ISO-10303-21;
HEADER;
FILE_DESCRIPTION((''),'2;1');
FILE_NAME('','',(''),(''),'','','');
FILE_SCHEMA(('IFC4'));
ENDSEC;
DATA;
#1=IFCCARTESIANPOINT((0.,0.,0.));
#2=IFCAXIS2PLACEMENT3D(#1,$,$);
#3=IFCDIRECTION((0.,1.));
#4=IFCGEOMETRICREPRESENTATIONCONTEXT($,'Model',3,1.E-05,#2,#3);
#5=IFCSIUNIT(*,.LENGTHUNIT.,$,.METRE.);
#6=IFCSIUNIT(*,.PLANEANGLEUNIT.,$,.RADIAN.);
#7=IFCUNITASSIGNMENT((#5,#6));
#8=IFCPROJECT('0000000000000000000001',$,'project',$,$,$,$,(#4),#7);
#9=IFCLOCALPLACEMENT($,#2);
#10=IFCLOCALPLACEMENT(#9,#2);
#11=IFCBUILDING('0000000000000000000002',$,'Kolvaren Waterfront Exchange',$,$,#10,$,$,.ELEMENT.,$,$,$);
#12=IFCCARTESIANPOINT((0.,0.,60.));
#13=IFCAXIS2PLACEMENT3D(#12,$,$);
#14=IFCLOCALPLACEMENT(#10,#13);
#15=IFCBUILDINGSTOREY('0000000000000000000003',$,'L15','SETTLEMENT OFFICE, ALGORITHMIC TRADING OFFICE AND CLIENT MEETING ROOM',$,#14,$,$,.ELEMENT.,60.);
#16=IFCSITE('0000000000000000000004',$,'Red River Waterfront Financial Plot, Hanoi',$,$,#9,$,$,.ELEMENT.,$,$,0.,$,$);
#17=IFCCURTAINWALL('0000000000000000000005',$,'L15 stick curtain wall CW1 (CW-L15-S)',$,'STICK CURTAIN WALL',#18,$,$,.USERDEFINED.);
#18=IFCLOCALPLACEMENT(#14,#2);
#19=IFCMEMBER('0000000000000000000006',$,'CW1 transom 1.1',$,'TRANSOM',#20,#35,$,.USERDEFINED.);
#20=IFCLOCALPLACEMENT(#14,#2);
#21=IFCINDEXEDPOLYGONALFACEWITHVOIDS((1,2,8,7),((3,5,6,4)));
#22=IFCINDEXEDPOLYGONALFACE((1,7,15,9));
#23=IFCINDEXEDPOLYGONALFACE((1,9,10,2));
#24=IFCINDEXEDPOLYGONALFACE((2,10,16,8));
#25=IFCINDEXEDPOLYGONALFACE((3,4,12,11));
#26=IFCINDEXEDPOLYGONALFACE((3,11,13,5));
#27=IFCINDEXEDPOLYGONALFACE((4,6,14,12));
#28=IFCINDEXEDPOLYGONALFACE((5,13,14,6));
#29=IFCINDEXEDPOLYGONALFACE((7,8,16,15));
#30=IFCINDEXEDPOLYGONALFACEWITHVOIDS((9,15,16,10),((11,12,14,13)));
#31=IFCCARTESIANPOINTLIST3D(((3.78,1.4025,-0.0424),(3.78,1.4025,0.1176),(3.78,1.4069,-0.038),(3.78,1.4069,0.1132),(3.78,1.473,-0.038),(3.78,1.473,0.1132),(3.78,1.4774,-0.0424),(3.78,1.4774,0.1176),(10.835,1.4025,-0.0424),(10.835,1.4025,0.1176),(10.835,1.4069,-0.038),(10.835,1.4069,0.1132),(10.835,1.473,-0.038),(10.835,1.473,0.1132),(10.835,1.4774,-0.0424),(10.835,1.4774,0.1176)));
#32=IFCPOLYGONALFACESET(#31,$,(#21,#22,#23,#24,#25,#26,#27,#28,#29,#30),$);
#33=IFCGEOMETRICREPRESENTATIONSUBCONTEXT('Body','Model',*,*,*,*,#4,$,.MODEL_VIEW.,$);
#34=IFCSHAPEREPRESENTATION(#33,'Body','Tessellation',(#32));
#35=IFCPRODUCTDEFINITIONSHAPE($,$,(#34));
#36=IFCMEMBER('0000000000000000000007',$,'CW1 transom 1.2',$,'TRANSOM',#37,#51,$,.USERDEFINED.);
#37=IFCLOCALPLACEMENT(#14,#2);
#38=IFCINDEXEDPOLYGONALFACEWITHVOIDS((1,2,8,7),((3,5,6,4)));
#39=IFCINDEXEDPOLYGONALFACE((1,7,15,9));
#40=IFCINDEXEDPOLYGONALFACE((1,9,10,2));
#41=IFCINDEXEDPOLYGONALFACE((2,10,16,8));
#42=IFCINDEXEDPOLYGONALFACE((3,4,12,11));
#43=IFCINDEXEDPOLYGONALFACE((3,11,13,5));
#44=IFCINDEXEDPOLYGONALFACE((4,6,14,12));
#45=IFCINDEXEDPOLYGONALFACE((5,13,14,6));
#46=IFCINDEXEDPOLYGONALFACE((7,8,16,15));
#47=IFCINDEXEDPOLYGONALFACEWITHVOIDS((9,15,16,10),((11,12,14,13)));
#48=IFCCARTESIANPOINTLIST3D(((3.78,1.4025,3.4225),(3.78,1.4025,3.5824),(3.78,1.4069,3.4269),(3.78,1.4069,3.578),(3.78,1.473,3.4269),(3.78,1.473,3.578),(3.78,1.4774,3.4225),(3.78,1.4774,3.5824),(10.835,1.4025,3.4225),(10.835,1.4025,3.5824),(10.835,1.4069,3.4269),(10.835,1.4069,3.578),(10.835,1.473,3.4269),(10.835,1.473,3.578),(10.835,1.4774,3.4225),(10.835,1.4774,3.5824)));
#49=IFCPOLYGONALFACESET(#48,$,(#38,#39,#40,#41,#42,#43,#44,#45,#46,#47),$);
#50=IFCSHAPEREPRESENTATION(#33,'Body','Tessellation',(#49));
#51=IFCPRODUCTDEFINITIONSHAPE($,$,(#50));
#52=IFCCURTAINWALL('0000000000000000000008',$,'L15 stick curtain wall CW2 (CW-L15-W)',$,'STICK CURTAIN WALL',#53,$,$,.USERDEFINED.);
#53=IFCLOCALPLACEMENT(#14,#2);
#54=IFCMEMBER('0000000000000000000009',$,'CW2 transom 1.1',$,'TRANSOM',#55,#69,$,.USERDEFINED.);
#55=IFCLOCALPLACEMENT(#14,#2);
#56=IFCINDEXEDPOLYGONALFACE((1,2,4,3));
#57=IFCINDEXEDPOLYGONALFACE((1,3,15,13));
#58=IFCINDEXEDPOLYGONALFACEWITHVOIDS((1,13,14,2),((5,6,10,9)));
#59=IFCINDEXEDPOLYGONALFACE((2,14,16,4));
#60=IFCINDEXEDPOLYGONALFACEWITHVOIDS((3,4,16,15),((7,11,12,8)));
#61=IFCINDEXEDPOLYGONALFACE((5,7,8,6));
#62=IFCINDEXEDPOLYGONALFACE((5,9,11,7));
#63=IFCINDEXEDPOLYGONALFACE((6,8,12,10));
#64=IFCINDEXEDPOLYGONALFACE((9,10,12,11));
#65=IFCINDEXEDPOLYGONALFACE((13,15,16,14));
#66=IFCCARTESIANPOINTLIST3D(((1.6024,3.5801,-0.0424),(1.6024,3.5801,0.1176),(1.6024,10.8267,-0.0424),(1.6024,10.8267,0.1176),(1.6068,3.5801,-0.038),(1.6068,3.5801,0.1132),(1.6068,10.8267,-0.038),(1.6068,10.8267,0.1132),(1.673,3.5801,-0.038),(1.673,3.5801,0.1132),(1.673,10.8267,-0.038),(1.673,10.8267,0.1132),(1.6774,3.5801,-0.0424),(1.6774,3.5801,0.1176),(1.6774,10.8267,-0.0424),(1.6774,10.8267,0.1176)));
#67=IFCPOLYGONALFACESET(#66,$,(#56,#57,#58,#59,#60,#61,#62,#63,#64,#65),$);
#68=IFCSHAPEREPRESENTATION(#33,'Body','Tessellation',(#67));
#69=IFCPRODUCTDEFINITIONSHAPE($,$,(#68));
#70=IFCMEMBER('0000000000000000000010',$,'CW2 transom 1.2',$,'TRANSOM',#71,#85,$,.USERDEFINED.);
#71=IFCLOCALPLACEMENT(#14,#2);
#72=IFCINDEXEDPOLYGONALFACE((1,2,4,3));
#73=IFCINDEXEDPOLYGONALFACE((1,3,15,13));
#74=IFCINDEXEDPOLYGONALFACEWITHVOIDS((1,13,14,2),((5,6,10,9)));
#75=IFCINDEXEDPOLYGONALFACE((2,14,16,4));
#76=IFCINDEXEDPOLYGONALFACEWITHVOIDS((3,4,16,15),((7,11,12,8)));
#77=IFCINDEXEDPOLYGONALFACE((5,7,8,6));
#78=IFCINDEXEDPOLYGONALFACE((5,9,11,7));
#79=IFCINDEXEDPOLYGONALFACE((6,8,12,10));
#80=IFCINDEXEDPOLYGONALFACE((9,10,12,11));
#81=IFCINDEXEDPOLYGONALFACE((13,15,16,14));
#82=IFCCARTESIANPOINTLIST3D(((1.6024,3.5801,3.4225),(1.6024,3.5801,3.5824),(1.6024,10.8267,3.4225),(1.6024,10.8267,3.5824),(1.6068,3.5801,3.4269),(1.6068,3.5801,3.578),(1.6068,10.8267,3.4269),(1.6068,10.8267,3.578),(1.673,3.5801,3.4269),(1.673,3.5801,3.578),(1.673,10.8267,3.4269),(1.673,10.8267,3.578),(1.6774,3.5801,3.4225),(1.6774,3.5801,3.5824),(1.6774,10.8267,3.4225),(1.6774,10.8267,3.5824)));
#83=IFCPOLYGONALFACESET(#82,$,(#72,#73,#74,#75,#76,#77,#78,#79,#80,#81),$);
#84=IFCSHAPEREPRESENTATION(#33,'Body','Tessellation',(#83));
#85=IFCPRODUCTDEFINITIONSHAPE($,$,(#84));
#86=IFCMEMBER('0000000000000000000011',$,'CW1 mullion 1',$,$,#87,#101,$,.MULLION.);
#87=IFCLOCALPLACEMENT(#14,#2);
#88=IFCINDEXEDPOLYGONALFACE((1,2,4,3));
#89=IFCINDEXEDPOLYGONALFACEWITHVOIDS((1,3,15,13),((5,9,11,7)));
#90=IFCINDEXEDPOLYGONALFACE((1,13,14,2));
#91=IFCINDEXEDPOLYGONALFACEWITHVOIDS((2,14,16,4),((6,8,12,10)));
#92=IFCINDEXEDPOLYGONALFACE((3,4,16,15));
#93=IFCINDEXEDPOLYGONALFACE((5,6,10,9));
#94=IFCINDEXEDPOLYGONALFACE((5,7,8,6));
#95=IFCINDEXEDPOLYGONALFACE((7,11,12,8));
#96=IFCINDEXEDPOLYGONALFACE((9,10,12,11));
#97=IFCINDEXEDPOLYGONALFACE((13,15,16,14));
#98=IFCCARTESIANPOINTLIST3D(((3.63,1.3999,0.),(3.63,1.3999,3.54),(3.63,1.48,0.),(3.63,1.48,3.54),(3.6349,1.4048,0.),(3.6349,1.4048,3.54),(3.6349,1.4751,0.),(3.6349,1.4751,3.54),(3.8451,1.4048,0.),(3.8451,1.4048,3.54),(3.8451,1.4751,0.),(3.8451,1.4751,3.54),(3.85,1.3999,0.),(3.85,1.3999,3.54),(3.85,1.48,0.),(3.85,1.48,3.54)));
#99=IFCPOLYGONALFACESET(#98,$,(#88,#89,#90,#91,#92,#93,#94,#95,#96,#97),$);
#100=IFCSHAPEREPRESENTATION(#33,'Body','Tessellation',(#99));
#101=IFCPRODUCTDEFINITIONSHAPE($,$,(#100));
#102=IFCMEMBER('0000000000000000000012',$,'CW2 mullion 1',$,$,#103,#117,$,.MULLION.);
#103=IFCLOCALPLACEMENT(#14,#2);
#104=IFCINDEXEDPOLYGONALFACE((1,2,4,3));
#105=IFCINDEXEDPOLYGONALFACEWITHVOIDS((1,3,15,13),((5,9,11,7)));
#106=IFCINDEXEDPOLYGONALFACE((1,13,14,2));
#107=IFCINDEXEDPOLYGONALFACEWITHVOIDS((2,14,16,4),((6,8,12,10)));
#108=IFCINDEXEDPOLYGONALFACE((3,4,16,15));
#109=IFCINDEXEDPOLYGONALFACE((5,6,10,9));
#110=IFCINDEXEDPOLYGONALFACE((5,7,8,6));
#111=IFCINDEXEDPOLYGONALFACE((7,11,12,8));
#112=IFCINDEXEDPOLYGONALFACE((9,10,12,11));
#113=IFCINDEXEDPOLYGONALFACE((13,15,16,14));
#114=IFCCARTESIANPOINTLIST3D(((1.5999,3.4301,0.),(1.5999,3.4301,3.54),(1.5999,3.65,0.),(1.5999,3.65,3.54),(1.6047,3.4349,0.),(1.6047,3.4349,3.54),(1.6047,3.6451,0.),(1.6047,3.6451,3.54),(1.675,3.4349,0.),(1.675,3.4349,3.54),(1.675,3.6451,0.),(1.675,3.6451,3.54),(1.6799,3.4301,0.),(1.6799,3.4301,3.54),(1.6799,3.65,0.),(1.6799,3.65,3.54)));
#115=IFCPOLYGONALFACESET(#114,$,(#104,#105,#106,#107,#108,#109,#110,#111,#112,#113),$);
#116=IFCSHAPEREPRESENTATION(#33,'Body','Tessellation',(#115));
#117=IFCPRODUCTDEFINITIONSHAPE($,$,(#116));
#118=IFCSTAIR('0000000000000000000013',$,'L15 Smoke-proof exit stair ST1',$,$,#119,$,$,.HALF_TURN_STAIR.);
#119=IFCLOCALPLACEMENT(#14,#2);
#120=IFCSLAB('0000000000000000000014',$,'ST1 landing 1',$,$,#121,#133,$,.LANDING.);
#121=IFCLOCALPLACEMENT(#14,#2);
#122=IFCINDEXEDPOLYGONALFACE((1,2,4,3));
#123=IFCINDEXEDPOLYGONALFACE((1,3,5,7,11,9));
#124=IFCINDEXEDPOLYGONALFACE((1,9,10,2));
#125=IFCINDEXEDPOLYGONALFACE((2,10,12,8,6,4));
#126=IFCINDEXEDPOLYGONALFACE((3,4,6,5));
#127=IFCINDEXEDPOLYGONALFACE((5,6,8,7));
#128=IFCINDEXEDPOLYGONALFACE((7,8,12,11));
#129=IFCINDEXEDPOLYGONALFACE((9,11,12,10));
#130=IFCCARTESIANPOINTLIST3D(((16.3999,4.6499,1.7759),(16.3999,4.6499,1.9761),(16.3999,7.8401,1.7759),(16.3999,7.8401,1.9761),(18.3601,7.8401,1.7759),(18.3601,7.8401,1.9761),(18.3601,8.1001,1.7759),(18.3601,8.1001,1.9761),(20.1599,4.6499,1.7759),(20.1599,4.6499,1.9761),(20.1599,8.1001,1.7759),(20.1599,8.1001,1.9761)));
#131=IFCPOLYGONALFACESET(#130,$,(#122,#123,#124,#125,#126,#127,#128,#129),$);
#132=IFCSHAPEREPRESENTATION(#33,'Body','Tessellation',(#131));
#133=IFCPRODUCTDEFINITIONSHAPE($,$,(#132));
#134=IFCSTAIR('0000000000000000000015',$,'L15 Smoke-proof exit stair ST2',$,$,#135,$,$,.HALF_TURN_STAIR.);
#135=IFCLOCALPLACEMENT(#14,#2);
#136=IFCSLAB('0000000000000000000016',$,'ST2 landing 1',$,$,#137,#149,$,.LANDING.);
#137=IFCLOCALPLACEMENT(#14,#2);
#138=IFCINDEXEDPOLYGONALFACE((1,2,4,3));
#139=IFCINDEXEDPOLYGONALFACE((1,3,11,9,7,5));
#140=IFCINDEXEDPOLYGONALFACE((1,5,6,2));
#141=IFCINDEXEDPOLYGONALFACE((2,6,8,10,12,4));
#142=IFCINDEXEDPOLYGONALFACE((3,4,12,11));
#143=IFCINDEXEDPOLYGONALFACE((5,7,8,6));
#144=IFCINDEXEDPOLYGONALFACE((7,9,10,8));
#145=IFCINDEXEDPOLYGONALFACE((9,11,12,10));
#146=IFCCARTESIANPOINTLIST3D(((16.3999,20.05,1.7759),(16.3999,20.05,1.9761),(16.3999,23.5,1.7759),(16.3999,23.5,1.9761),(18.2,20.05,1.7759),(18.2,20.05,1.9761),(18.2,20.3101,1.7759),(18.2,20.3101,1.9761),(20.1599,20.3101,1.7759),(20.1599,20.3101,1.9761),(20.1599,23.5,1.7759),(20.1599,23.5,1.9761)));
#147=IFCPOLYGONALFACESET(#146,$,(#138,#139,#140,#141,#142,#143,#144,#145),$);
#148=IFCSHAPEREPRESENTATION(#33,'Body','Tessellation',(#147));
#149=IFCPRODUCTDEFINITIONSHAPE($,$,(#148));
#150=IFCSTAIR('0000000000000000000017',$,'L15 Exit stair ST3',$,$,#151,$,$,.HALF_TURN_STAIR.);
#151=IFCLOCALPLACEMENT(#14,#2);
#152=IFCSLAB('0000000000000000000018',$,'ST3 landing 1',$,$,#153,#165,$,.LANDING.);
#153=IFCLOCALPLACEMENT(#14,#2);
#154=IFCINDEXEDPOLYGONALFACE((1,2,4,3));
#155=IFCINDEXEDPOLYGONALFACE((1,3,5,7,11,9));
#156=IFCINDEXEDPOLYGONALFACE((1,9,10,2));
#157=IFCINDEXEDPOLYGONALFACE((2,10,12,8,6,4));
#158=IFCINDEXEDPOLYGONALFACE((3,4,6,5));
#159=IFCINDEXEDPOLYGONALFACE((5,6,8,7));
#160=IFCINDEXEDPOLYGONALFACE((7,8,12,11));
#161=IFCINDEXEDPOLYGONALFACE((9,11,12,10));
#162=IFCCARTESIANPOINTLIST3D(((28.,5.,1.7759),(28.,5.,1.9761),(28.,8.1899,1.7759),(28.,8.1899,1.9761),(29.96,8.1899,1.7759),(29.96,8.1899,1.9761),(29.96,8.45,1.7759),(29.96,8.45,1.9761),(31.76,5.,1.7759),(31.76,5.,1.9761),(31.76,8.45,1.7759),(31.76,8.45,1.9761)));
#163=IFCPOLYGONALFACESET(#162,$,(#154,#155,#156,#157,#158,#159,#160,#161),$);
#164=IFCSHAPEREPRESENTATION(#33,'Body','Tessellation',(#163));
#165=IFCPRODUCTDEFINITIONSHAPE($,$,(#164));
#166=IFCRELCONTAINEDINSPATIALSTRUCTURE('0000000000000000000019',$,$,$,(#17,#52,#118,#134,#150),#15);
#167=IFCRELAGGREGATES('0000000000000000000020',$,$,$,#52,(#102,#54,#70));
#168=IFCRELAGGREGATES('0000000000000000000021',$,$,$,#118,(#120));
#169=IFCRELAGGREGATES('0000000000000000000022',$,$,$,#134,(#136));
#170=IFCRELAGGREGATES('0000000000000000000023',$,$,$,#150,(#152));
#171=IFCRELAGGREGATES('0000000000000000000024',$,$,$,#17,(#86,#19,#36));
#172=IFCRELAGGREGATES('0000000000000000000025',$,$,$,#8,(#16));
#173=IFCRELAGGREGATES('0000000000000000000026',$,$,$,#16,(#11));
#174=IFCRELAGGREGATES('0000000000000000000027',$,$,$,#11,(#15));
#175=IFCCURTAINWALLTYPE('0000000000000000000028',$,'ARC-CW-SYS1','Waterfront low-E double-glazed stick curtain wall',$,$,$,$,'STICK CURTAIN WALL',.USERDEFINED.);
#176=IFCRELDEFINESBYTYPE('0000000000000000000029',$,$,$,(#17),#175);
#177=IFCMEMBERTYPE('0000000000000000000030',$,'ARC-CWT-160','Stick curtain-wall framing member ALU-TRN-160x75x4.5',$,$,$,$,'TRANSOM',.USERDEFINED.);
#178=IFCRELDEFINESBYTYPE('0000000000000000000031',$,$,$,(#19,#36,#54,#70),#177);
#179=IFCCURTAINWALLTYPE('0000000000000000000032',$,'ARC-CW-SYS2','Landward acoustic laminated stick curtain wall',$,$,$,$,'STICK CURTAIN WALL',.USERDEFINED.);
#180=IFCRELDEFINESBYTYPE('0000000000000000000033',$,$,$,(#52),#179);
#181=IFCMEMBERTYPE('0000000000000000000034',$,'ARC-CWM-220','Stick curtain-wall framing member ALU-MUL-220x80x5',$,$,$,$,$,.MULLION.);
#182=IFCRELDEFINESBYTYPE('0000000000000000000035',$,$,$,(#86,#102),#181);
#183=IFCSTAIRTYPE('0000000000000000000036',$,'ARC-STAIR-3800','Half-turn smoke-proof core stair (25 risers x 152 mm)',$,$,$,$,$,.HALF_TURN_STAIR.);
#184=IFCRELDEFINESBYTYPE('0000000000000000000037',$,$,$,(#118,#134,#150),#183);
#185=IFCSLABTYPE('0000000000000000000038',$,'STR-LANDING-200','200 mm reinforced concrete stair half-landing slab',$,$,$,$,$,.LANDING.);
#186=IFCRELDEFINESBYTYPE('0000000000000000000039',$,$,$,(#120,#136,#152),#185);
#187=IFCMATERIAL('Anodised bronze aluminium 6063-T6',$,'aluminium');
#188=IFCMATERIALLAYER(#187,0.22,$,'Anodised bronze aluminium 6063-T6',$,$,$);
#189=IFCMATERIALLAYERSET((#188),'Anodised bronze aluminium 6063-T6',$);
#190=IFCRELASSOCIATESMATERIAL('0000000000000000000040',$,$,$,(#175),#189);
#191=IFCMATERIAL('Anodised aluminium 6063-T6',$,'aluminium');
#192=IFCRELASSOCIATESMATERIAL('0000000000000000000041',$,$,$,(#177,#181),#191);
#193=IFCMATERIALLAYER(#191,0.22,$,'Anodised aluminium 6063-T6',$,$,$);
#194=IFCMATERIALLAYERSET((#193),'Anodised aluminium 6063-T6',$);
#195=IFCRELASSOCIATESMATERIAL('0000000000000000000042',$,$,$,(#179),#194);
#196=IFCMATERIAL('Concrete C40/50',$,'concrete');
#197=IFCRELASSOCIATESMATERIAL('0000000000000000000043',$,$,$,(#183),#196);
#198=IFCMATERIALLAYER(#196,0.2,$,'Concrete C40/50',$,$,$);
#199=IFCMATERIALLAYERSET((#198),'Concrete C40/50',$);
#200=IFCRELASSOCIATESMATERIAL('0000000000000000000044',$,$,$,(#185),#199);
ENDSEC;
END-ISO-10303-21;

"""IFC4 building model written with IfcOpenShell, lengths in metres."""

from ifc_helpers import new_model, si_unit, direction, frame, origin, origin_with_axes, origin_2d, place, context, subcontext, project, spatial, polyline, hollow_rectangle, outline, extrude, source, transform, mapped, material, layer, layer_set, material_profile, profile_set, type_object, element, aggregate, save


model = new_model("IFC4")

# Units and contexts
model_context = context("Model", 3, precision=1e-05, world=origin(), true_north=direction((0.0, 1.0)))
body_context = subcontext(model_context, "Body", "Model", "MODEL_VIEW")
ifc_project = project(units=[si_unit("LENGTHUNIT", "METRE"), si_unit("PLANEANGLEUNIT", "RADIAN")], contexts=[model_context])

# Site, building, storey
site_placement = place(None, origin())
site = spatial("IfcSite", under=ifc_project, at=site_placement, Name="Red River Waterfront Financial Plot, Hanoi", CompositionType="ELEMENT", RefElevation=0.0)
building_placement = place(site_placement, origin())
building = spatial("IfcBuilding", under=site, at=building_placement, Name="Kolvaren Waterfront Exchange", CompositionType="ELEMENT")
storey_placement = place(building_placement, frame((0.0, 0.0, 60.0)))
storey = spatial("IfcBuildingStorey", under=building, at=storey_placement, Name="L15", Description="SETTLEMENT OFFICE, ALGORITHMIC TRADING OFFICE AND CLIENT MEETING ROOM", CompositionType="ELEMENT", Elevation=60.0)

# Curtain walls, members
ifc_material_1 = material(Name="Anodised bronze aluminium 6063-T6", Category="aluminium")
ifc_layer_1 = layer(ifc_material_1, 0.22, Name="Anodised bronze aluminium 6063-T6")
ifc_layer_set_1 = layer_set([ifc_layer_1], Name="Anodised bronze aluminium 6063-T6")
curtain_wall_type_1 = type_object("IfcCurtainWallType", Name="ARC-CW-SYS1", Description="Waterfront low-E double-glazed stick curtain wall", ElementType="STICK CURTAIN WALL", PredefinedType="USERDEFINED", material=ifc_layer_set_1)
curtain_wall_1_placement = place(storey_placement, origin())
curtain_wall_1 = element("IfcCurtainWall", 1, at=curtain_wall_1_placement, inside=storey, type_object=curtain_wall_type_1, Name="L15 stick curtain wall CW1 (CW-L15-S)", ObjectType="STICK CURTAIN WALL", PredefinedType="USERDEFINED")
ifc_material_2 = material(Name="Anodised aluminium 6063-T6", Category="aluminium")
ifc_material_profile_1 = material_profile(ifc_material_2, hollow_rectangle(XDim=0.075, YDim=0.1599, WallThickness=0.0044, at=origin_2d()), Name="ALU-TRN-160x75x4.5")
ifc_profile_set_1 = profile_set([ifc_material_profile_1], Name="Anodised aluminium 6063-T6")
member_type_1 = type_object("IfcMemberType", Name="ARC-CWT-160", Description="Stick curtain-wall framing member ALU-TRN-160x75x4.5", ElementType="TRANSOM", PredefinedType="USERDEFINED", material=ifc_profile_set_1)
shared_shape_1 = source(origin_with_axes(), body_context, "Body", "SweptSolid", [
    extrude(hollow_rectangle(XDim=0.075, YDim=0.1599, WallThickness=0.0044, at=origin_2d()), origin(), (0.0, 0.0, 1.0), 7.0549),
])
member_1_placement = place(storey_placement, frame((3.78, 1.4399, 0.0376), z_axis=(1.0, 0.0, 0.0), x_axis=(0.0, 1.0, 0.0)))
member_1 = element("IfcMember", 2, at=member_1_placement, type_object=member_type_1, Name="CW1 transom 1.1", ObjectType="TRANSOM", PredefinedType="USERDEFINED", context=body_context, shape_type="MappedRepresentation", body=[
    mapped(shared_shape_1, transform((0.0, 0.0, 0.0), x_axis=(1.0, 0.0, 0.0), y_axis=(0.0, 1.0, 0.0), z_axis=(0.0, 0.0, 1.0), scale=1.0)),
])
member_2_placement = place(storey_placement, frame((3.78, 1.4399, 3.5024), z_axis=(1.0, 0.0, 0.0), x_axis=(0.0, 1.0, 0.0)))
member_2 = element("IfcMember", 3, at=member_2_placement, type_object=member_type_1, Name="CW1 transom 1.2", ObjectType="TRANSOM", PredefinedType="USERDEFINED", context=body_context, shape_type="MappedRepresentation", body=[
    mapped(shared_shape_1, transform((0.0, 0.0, 0.0), x_axis=(1.0, 0.0, 0.0), y_axis=(0.0, 1.0, 0.0), z_axis=(0.0, 0.0, 1.0), scale=1.0)),
])
ifc_layer_2 = layer(ifc_material_2, 0.22, Name="Anodised aluminium 6063-T6")
ifc_layer_set_2 = layer_set([ifc_layer_2], Name="Anodised aluminium 6063-T6")
curtain_wall_type_2 = type_object("IfcCurtainWallType", Name="ARC-CW-SYS2", Description="Landward acoustic laminated stick curtain wall", ElementType="STICK CURTAIN WALL", PredefinedType="USERDEFINED", material=ifc_layer_set_2)
curtain_wall_2_placement = place(storey_placement, origin())
curtain_wall_2 = element("IfcCurtainWall", 4, at=curtain_wall_2_placement, inside=storey, type_object=curtain_wall_type_2, Name="L15 stick curtain wall CW2 (CW-L15-W)", ObjectType="STICK CURTAIN WALL", PredefinedType="USERDEFINED")
shared_shape_2 = source(origin_with_axes(), body_context, "Body", "SweptSolid", [
    extrude(hollow_rectangle(XDim=0.075, YDim=0.1599, WallThickness=0.0044, at=origin_2d()), origin(), (0.0, 0.0, 1.0), 7.2466),
])
member_3_placement = place(storey_placement, frame((1.6399, 3.5801, 0.0376), z_axis=(0.0, 1.0, 0.0), x_axis=(-1.0, 0.0, 0.0)))
member_3 = element("IfcMember", 5, at=member_3_placement, type_object=member_type_1, Name="CW2 transom 1.1", ObjectType="TRANSOM", PredefinedType="USERDEFINED", context=body_context, shape_type="MappedRepresentation", body=[
    mapped(shared_shape_2, transform((0.0, 0.0, 0.0), x_axis=(1.0, 0.0, 0.0), y_axis=(0.0, 1.0, 0.0), z_axis=(0.0, 0.0, 1.0), scale=1.0)),
])
member_4_placement = place(storey_placement, frame((1.6399, 3.5801, 3.5024), z_axis=(0.0, 1.0, 0.0), x_axis=(-1.0, 0.0, 0.0)))
member_4 = element("IfcMember", 6, at=member_4_placement, type_object=member_type_1, Name="CW2 transom 1.2", ObjectType="TRANSOM", PredefinedType="USERDEFINED", context=body_context, shape_type="MappedRepresentation", body=[
    mapped(shared_shape_2, transform((0.0, 0.0, 0.0), x_axis=(1.0, 0.0, 0.0), y_axis=(0.0, 1.0, 0.0), z_axis=(0.0, 0.0, 1.0), scale=1.0)),
])

# Members
ifc_material_profile_2 = material_profile(ifc_material_2, hollow_rectangle(XDim=0.0801, YDim=0.22, WallThickness=0.0049, at=origin_2d()), Name="ALU-MUL-220x80x5")
ifc_profile_set_2 = profile_set([ifc_material_profile_2], Name="Anodised aluminium 6063-T6")
member_type_2 = type_object("IfcMemberType", Name="ARC-CWM-220", Description="Stick curtain-wall framing member ALU-MUL-220x80x5", PredefinedType="MULLION", material=ifc_profile_set_2)
shared_shape_3 = source(origin_with_axes(), body_context, "Body", "SweptSolid", [
    extrude(hollow_rectangle(XDim=0.0801, YDim=0.22, WallThickness=0.0049, at=origin_2d()), origin(), (0.0, 0.0, 1.0), 3.54),
])
member_5_placement = place(storey_placement, frame((3.74, 1.4399, 0.0), z_axis=(0.0, 0.0, 1.0), x_axis=(0.0, 1.0, 0.0)))
member_5 = element("IfcMember", 7, at=member_5_placement, type_object=member_type_2, Name="CW1 mullion 1", PredefinedType="MULLION", context=body_context, shape_type="MappedRepresentation", body=[
    mapped(shared_shape_3, transform((0.0, 0.0, 0.0), x_axis=(1.0, 0.0, 0.0), y_axis=(0.0, 1.0, 0.0), z_axis=(0.0, 0.0, 1.0), scale=1.0)),
])
member_6_placement = place(storey_placement, frame((1.6399, 3.54, 0.0), z_axis=(0.0, 0.0, 1.0), x_axis=(-1.0, 0.0, 0.0)))
member_6 = element("IfcMember", 8, at=member_6_placement, type_object=member_type_2, Name="CW2 mullion 1", PredefinedType="MULLION", context=body_context, shape_type="MappedRepresentation", body=[
    mapped(shared_shape_3, transform((0.0, 0.0, 0.0), x_axis=(1.0, 0.0, 0.0), y_axis=(0.0, 1.0, 0.0), z_axis=(0.0, 0.0, 1.0), scale=1.0)),
])
aggregate(curtain_wall_2, [member_6, member_3, member_4])

# Stairs, slabs
ifc_material_3 = material(Name="Concrete C40/50", Category="concrete")
stair_type = type_object("IfcStairType", Name="ARC-STAIR-3800", Description="Half-turn smoke-proof core stair (25 risers x 152 mm)", PredefinedType="HALF_TURN_STAIR", material=ifc_material_3)
stair_1_placement = place(storey_placement, origin())
stair_1 = element("IfcStair", 9, at=stair_1_placement, inside=storey, type_object=stair_type, Name="L15 Smoke-proof exit stair ST1", PredefinedType="HALF_TURN_STAIR")
ifc_layer_3 = layer(ifc_material_3, 0.2, Name="Concrete C40/50")
ifc_layer_set_3 = layer_set([ifc_layer_3], Name="Concrete C40/50")
slab_type_1 = type_object("IfcSlabType", Name="STR-LANDING-200", Description="200 mm reinforced concrete stair half-landing slab", PredefinedType="LANDING", material=ifc_layer_set_3)
slab_1_placement = place(storey_placement, frame((0.0, 0.0, 1.7759)))
slab_1 = element("IfcSlab", 10, at=slab_1_placement, type_object=slab_type_1, Name="ST1 landing 1", PredefinedType="LANDING", context=body_context, shape_type="SweptSolid", body=[
    extrude(outline(polyline([(16.3999, 7.8401), (16.3999, 4.6499), (20.1599, 4.6499), (20.1599, 8.1001), (18.3601, 8.1001), (18.3601, 7.8401), (16.3999, 7.8401)])), origin(), (0.0, 0.0, 1.0), 0.2002),
])
aggregate(stair_1, [slab_1])
stair_2_placement = place(storey_placement, origin())
stair_2 = element("IfcStair", 11, at=stair_2_placement, inside=storey, type_object=stair_type, Name="L15 Smoke-proof exit stair ST2", PredefinedType="HALF_TURN_STAIR")
slab_2_placement = place(storey_placement, frame((0.0, 0.0, 1.7759)))
slab_2 = element("IfcSlab", 12, at=slab_2_placement, type_object=slab_type_1, Name="ST2 landing 1", PredefinedType="LANDING", context=body_context, shape_type="SweptSolid", body=[
    extrude(outline(polyline([(20.1599, 20.3101), (20.1599, 23.5), (16.3999, 23.5), (16.3999, 20.05), (18.2, 20.05), (18.2, 20.3101), (20.1599, 20.3101)])), origin(), (0.0, 0.0, 1.0), 0.2002),
])
aggregate(stair_2, [slab_2])
stair_3_placement = place(storey_placement, origin())
stair_3 = element("IfcStair", 13, at=stair_3_placement, inside=storey, type_object=stair_type, Name="L15 Exit stair ST3", PredefinedType="HALF_TURN_STAIR")
slab_3_placement = place(storey_placement, frame((0.0, 0.0, 1.7759)))
slab_3 = element("IfcSlab", 14, at=slab_3_placement, type_object=slab_type_1, Name="ST3 landing 1", PredefinedType="LANDING", context=body_context, shape_type="SweptSolid", body=[
    extrude(outline(polyline([(28.0, 8.1899), (28.0, 5.0), (31.76, 5.0), (31.76, 8.45), (29.96, 8.45), (29.96, 8.1899), (28.0, 8.1899)])), origin(), (0.0, 0.0, 1.0), 0.2002),
])
aggregate(stair_3, [slab_3])

aggregate(curtain_wall_1, [member_5, member_1, member_2])

save(model, "model.ifc")
